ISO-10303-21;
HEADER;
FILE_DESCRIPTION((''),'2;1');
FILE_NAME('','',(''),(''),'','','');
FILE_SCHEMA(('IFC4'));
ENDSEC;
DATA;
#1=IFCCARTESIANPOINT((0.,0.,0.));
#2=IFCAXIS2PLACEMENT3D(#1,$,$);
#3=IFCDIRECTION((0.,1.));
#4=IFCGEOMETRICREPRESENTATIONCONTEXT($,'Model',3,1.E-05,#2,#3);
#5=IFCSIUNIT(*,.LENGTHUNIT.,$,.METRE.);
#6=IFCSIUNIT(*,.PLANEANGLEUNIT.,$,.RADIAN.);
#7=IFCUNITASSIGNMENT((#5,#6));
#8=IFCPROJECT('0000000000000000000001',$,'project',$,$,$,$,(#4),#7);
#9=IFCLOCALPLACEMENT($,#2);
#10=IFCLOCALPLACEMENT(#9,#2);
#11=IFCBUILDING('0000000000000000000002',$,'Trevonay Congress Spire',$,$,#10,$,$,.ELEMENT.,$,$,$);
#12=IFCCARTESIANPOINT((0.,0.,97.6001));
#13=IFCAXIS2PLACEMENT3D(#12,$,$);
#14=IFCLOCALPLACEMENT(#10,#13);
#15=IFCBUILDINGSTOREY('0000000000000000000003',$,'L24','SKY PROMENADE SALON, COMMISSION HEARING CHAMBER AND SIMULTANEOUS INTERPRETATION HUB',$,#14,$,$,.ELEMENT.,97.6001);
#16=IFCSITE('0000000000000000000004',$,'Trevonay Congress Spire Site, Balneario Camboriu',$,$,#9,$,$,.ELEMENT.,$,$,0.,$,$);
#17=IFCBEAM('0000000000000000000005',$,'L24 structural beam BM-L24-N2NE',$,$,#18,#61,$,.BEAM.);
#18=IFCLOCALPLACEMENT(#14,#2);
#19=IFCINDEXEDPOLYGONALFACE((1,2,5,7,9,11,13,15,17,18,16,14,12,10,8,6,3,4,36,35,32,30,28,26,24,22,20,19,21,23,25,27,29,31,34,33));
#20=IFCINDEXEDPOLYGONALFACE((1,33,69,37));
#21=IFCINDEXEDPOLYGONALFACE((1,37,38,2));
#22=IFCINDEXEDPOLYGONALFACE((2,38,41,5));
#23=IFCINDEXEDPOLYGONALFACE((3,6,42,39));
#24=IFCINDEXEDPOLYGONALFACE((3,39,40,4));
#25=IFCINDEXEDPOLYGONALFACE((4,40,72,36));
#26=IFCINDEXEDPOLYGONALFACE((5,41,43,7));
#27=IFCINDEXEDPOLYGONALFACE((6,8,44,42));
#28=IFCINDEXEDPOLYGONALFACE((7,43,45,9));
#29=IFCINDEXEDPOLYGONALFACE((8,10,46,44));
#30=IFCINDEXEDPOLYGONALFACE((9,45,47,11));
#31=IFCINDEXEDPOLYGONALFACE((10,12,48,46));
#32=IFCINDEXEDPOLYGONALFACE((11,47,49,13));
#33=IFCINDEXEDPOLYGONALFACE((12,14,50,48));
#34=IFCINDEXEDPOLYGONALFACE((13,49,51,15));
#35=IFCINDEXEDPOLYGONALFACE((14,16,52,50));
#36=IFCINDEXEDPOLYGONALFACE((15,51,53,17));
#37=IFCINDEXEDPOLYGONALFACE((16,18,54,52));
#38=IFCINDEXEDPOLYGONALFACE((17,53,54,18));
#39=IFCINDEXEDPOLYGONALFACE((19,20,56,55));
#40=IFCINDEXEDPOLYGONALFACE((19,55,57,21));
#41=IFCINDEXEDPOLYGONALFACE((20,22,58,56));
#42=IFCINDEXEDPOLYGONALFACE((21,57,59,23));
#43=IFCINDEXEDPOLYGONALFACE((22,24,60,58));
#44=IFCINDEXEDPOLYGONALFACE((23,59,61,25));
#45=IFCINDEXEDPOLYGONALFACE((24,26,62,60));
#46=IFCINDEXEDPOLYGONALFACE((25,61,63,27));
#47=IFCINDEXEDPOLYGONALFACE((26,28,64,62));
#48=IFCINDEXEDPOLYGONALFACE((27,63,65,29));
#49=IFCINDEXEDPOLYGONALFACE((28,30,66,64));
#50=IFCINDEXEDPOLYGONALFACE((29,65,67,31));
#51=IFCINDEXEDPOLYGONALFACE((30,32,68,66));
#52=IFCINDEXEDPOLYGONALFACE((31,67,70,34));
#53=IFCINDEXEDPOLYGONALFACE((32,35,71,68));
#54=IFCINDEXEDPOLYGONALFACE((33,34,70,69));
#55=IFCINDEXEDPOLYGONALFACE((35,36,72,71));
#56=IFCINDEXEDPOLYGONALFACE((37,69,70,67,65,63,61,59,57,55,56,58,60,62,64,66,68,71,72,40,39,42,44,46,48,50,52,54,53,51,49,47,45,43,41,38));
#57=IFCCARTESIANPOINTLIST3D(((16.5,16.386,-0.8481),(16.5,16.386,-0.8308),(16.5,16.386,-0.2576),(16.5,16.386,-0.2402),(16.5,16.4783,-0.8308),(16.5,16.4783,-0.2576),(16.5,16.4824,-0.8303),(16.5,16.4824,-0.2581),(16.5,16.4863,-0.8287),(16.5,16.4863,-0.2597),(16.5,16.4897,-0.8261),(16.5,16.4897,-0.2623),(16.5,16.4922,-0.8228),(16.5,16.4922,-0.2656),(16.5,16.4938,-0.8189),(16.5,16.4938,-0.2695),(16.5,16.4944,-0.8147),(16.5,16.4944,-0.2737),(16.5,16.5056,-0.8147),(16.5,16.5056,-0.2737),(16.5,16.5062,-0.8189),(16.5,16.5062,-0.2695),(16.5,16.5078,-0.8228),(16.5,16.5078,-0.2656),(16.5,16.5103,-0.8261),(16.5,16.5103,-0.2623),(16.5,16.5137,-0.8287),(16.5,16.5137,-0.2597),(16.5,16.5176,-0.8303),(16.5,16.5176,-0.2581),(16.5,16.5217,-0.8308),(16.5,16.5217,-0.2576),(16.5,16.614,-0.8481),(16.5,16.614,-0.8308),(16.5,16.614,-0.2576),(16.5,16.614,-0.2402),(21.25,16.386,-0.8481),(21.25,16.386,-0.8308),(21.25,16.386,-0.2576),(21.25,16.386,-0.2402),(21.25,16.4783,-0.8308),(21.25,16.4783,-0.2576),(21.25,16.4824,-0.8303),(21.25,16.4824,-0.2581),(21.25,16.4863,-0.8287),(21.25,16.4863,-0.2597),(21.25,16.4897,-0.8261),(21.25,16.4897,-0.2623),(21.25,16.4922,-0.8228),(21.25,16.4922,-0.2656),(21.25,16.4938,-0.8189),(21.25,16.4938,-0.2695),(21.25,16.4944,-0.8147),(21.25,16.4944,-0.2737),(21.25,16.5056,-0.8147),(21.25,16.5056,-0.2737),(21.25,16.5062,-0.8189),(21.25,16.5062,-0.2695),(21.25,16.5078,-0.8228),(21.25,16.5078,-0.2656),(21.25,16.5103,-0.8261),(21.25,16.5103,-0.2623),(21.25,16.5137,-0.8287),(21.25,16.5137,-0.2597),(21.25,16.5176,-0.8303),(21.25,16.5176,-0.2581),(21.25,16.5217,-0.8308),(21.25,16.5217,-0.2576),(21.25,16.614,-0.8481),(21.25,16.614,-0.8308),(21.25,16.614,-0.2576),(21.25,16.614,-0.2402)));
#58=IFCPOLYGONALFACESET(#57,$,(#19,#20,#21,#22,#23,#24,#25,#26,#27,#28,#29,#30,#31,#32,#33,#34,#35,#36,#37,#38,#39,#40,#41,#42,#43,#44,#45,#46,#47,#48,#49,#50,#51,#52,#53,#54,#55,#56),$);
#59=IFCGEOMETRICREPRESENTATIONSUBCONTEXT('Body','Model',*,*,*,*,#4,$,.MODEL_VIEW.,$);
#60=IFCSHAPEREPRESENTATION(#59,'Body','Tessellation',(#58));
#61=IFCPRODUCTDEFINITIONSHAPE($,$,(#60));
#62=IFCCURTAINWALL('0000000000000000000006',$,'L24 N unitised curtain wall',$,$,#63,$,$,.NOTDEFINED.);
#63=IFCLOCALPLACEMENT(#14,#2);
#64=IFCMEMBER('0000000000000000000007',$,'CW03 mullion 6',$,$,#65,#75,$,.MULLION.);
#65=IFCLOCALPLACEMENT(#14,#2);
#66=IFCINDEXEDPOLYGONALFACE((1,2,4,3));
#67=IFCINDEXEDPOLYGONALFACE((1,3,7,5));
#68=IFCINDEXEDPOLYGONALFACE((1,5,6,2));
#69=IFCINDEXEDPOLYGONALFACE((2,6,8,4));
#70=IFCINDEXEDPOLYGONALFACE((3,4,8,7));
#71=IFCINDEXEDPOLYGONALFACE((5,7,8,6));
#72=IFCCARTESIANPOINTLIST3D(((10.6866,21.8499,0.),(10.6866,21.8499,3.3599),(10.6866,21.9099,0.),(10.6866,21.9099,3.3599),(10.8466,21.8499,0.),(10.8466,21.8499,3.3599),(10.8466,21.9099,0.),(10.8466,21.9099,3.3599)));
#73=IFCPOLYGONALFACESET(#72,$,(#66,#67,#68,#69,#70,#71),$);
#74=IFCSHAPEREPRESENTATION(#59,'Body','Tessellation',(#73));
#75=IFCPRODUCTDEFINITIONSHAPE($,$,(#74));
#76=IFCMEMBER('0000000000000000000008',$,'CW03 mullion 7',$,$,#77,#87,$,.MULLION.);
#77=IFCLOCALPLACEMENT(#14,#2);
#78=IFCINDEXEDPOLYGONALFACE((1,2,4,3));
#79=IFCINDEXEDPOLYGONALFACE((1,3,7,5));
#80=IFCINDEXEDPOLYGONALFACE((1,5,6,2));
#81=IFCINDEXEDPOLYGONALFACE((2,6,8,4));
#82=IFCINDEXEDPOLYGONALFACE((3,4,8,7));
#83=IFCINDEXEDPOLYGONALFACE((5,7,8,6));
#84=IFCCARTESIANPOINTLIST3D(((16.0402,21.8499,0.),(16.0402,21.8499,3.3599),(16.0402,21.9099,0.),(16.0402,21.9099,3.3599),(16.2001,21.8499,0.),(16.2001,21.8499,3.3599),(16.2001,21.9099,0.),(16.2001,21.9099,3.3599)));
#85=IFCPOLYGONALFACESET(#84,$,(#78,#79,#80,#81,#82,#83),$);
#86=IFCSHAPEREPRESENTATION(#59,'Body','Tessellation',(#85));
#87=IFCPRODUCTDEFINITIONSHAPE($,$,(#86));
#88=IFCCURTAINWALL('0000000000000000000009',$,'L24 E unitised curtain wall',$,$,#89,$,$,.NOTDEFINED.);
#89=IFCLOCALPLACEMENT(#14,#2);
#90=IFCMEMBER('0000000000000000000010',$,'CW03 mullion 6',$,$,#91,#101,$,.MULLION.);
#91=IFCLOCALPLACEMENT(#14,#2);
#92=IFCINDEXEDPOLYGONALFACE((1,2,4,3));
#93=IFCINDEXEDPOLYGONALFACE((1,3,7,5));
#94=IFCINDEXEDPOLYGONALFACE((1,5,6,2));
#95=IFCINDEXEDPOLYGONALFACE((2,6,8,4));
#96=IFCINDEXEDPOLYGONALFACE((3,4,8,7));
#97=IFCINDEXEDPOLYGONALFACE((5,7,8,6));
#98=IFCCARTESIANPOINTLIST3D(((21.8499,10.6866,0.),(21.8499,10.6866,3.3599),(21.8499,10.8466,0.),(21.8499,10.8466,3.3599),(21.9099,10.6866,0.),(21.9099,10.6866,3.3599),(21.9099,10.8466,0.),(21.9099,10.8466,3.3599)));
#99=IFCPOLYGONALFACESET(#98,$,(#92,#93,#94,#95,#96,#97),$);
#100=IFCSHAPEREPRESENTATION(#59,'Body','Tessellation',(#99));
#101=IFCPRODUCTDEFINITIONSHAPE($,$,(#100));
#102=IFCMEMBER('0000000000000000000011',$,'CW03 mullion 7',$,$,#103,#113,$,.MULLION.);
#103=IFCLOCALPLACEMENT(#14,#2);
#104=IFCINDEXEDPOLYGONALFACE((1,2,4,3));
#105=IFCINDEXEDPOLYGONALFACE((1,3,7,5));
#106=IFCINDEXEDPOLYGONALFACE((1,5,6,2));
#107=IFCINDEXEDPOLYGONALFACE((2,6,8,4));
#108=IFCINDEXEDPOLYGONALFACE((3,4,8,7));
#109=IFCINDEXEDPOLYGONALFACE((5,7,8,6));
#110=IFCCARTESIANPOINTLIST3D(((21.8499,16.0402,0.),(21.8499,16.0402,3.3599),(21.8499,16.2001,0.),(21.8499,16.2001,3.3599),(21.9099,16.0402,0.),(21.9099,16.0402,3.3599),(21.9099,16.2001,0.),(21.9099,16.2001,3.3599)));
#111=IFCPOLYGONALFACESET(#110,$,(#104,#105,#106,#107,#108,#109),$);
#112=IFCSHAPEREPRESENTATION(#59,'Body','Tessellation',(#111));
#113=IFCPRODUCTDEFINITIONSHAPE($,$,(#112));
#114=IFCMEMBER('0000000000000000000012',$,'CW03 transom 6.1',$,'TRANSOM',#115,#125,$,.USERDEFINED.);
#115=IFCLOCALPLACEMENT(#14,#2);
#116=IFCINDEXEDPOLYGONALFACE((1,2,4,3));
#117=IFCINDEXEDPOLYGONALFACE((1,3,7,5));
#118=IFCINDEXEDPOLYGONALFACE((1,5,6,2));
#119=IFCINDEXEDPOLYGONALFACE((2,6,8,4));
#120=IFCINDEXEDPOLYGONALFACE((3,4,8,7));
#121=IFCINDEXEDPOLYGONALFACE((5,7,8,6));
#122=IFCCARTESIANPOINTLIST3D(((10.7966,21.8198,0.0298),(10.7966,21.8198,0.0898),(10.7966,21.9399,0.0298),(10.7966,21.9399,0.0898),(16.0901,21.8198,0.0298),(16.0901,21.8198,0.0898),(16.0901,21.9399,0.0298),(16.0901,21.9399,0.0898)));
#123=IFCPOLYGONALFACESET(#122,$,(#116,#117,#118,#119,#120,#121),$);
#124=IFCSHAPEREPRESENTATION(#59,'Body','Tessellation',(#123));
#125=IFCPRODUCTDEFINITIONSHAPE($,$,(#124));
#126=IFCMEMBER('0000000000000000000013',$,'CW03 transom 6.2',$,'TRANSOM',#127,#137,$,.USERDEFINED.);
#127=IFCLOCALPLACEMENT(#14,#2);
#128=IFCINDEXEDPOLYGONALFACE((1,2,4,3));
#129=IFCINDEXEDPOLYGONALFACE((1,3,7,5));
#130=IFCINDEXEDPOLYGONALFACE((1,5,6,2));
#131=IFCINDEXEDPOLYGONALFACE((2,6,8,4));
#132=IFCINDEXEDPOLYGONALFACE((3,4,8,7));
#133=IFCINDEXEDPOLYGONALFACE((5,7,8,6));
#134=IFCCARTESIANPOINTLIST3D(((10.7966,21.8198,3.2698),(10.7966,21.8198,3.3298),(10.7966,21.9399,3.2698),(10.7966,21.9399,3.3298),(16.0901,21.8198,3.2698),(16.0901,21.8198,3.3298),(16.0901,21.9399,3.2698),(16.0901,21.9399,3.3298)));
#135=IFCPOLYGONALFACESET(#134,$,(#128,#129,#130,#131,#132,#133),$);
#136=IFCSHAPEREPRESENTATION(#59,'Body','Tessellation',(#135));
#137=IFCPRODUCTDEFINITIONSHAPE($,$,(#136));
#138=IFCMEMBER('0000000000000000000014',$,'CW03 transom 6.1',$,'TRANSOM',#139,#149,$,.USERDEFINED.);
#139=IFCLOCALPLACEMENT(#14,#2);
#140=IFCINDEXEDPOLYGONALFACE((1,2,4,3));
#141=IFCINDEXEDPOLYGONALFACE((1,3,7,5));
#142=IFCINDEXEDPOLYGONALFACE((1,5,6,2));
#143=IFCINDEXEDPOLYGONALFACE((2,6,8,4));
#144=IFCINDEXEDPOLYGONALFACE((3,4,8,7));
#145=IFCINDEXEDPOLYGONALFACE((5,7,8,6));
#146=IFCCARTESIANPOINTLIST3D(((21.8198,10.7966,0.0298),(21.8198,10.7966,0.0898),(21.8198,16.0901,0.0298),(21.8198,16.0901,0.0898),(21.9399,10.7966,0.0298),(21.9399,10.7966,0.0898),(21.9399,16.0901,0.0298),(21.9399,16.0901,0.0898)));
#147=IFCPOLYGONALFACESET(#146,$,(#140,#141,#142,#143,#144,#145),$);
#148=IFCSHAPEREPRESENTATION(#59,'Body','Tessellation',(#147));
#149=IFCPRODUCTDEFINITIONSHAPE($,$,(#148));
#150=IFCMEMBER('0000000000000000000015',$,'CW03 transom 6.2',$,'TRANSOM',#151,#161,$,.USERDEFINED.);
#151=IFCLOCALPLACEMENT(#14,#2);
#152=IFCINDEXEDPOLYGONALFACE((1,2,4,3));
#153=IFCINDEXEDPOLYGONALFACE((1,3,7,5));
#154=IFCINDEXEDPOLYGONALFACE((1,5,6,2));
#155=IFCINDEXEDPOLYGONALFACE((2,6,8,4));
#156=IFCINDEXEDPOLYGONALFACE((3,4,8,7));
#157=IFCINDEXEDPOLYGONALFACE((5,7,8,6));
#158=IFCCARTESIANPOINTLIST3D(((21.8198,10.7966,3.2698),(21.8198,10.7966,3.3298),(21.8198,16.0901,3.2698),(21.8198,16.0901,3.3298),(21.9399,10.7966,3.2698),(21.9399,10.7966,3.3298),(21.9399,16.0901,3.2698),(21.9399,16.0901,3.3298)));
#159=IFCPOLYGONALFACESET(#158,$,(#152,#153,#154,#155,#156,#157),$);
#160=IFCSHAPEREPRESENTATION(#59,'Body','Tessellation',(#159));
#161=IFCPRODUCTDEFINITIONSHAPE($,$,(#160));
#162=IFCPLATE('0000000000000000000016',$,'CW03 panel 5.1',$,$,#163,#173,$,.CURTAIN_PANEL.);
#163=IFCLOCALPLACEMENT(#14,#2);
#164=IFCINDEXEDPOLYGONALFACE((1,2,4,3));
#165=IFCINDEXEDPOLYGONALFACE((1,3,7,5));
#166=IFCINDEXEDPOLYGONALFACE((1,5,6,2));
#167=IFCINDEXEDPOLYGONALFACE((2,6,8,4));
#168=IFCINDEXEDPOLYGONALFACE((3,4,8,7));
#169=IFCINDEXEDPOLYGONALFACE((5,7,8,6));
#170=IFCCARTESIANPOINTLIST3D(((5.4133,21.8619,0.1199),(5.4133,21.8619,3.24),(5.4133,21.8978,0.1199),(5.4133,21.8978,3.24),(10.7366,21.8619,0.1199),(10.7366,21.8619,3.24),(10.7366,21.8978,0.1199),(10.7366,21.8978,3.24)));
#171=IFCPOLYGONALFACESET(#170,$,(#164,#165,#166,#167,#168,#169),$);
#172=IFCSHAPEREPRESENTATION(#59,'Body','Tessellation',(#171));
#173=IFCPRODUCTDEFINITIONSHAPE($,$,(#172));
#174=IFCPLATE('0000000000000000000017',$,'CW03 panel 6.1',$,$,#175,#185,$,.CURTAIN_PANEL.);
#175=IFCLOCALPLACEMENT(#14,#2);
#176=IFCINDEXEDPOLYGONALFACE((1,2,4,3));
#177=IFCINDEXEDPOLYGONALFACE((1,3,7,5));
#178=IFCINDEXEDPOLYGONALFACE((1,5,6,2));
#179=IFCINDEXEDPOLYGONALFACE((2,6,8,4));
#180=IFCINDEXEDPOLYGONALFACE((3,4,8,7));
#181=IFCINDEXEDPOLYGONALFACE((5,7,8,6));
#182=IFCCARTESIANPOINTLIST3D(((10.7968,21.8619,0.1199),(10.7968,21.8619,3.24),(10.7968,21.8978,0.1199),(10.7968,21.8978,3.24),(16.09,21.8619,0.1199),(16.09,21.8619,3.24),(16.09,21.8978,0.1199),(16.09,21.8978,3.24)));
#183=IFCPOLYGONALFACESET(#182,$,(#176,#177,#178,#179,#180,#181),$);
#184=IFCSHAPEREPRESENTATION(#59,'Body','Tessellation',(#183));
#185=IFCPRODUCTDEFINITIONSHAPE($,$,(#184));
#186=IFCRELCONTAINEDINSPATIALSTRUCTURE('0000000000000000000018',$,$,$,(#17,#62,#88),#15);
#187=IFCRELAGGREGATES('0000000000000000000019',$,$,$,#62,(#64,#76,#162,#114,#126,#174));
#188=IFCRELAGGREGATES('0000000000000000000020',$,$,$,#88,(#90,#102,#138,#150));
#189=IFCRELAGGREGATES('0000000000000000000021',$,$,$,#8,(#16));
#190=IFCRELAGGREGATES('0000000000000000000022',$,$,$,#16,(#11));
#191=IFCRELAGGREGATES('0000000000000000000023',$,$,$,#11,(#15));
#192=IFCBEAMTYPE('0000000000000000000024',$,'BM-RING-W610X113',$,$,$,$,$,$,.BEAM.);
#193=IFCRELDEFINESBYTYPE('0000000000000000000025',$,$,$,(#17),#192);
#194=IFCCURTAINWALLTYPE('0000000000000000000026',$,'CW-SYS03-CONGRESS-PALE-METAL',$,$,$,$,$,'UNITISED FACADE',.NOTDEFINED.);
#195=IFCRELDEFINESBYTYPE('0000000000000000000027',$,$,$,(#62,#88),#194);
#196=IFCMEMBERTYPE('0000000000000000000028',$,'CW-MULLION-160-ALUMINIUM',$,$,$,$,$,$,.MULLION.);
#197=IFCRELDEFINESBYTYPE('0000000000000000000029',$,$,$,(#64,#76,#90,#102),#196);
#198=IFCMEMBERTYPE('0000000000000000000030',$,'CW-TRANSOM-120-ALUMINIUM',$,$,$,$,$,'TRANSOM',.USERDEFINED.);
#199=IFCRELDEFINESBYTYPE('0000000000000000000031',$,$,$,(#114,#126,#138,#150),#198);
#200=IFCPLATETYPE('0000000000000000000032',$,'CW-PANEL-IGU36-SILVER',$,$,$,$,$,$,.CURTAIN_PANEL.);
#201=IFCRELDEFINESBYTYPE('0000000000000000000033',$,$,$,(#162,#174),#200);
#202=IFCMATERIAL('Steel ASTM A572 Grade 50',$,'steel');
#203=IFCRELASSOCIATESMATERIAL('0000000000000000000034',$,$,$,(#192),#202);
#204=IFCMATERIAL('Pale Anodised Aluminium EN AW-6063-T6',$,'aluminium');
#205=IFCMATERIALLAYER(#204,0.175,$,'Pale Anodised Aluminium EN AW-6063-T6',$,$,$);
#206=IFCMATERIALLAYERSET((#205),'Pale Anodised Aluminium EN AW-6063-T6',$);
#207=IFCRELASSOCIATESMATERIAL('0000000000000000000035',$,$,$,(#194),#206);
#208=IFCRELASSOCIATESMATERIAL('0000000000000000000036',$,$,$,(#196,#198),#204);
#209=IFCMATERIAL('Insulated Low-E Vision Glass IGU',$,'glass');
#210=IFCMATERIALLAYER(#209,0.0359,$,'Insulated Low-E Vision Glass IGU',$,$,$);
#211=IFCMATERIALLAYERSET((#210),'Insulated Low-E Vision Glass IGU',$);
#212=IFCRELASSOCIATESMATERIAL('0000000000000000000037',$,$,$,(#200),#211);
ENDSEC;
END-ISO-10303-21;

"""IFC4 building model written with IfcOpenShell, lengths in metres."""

from ifc_helpers import new_model, si_unit, direction, frame, origin, origin_2d, place, context, subcontext, project, spatial, rectangle, i_section, extrude, material, layer, layer_set, material_profile, profile_set, type_object, element, aggregate, save


model = new_model("IFC4")

# Units and contexts
model_context = context("Model", 3, precision=1e-05, world=origin(), true_north=direction((0.0, 1.0)))
body_context = subcontext(model_context, "Body", "Model", "MODEL_VIEW")
ifc_project = project(units=[si_unit("LENGTHUNIT", "METRE"), si_unit("PLANEANGLEUNIT", "RADIAN")], contexts=[model_context])

# Site, building, storey
site_placement = place(None, origin())
site = spatial("IfcSite", under=ifc_project, at=site_placement, Name="Trevonay Congress Spire Site, Balneario Camboriu", CompositionType="ELEMENT", RefElevation=0.0)
building_placement = place(site_placement, origin())
building = spatial("IfcBuilding", under=site, at=building_placement, Name="Trevonay Congress Spire", CompositionType="ELEMENT")
storey_placement = place(building_placement, frame((0.0, 0.0, 97.6001)))
storey = spatial("IfcBuildingStorey", under=building, at=storey_placement, Name="L24", Description="SKY PROMENADE SALON, COMMISSION HEARING CHAMBER AND SIMULTANEOUS INTERPRETATION HUB", CompositionType="ELEMENT", Elevation=97.6001)

# Shared definitions
ifc_material_1 = material(Name="Steel ASTM A572 Grade 50", Category="steel")

# Beam
ifc_material_profile_1 = material_profile(ifc_material_1, i_section(OverallWidth=0.228, OverallDepth=0.6079, WebThickness=0.0112, FlangeThickness=0.0173, FilletRadius=0.0161, at=origin_2d()), Name="W610x113")
ifc_profile_set_1 = profile_set([ifc_material_profile_1], Name="Steel ASTM A572 Grade 50")
beam_type = type_object("IfcBeamType", Name="BM-RING-W610X113", PredefinedType="BEAM", material=ifc_profile_set_1)
for number, where, z_axis, x_axis, name in (
    (1, (21.25, 16.5, -0.5442), (-1.0, 0.0, 0.0), (0.0, -1.0, 0.0), "L24 structural beam BM-L24-N2NE"),
):
    element("IfcBeam", number, at=place(storey_placement, frame(where, z_axis=z_axis, x_axis=x_axis)), inside=storey, type_object=beam_type, Name=name, PredefinedType="BEAM", context=body_context, shape_type="SweptSolid", body=[
        extrude(i_section(OverallWidth=0.228, OverallDepth=0.6079, WebThickness=0.0112, FlangeThickness=0.0173, FilletRadius=0.0161, at=origin_2d()), origin(), (0.0, 0.0, 1.0), 4.75),
    ])

# Curtain walls, members
ifc_material_2 = material(Name="Pale Anodised Aluminium EN AW-6063-T6", Category="aluminium")
ifc_layer_1 = layer(ifc_material_2, 0.175, Name="Pale Anodised Aluminium EN AW-6063-T6")
ifc_layer_set_1 = layer_set([ifc_layer_1], Name="Pale Anodised Aluminium EN AW-6063-T6")
curtain_wall_type = type_object("IfcCurtainWallType", Name="CW-SYS03-CONGRESS-PALE-METAL", ElementType="UNITISED FACADE", PredefinedType="NOTDEFINED", material=ifc_layer_set_1)
curtain_wall_1_placement = place(storey_placement, origin())
curtain_wall_1 = element("IfcCurtainWall", 2, at=curtain_wall_1_placement, inside=storey, type_object=curtain_wall_type, Name="L24 N unitised curtain wall", PredefinedType="NOTDEFINED")
ifc_material_profile_2 = material_profile(ifc_material_2, rectangle(XDim=0.0601, YDim=0.1599, at=origin_2d()), Name="CW-MULLION-160-ALUMINIUM")
ifc_profile_set_2 = profile_set([ifc_material_profile_2], Name="Pale Anodised Aluminium EN AW-6063-T6")
member_type_1 = type_object("IfcMemberType", Name="CW-MULLION-160-ALUMINIUM", PredefinedType="MULLION", material=ifc_profile_set_2)
member_1_placement = place(storey_placement, frame((10.7666, 21.8799, 0.0), z_axis=(0.0, 0.0, 1.0), x_axis=(0.0, 1.0, 0.0)))
member_1 = element("IfcMember", 3, at=member_1_placement, type_object=member_type_1, Name="CW03 mullion 6", PredefinedType="MULLION", context=body_context, shape_type="SweptSolid", body=[
    extrude(rectangle(XDim=0.0601, YDim=0.1599, at=origin_2d()), origin(), (0.0, 0.0, 1.0), 3.3599),
])
member_2_placement = place(storey_placement, frame((16.1201, 21.8799, 0.0), z_axis=(0.0, 0.0, 1.0), x_axis=(0.0, 1.0, 0.0)))
member_2 = element("IfcMember", 4, at=member_2_placement, type_object=member_type_1, Name="CW03 mullion 7", PredefinedType="MULLION", context=body_context, shape_type="SweptSolid", body=[
    extrude(rectangle(XDim=0.0601, YDim=0.1599, at=origin_2d()), origin(), (0.0, 0.0, 1.0), 3.3599),
])
curtain_wall_2_placement = place(storey_placement, origin())
curtain_wall_2 = element("IfcCurtainWall", 5, at=curtain_wall_2_placement, inside=storey, type_object=curtain_wall_type, Name="L24 E unitised curtain wall", PredefinedType="NOTDEFINED")
member_3_placement = place(storey_placement, frame((21.8799, 10.7666, 0.0), z_axis=(0.0, 0.0, 1.0), x_axis=(-1.0, 0.0, 0.0)))
member_3 = element("IfcMember", 6, at=member_3_placement, type_object=member_type_1, Name="CW03 mullion 6", PredefinedType="MULLION", context=body_context, shape_type="SweptSolid", body=[
    extrude(rectangle(XDim=0.0601, YDim=0.1599, at=origin_2d()), origin(), (0.0, 0.0, 1.0), 3.3599),
])
member_4_placement = place(storey_placement, frame((21.8799, 16.1201, 0.0), z_axis=(0.0, 0.0, 1.0), x_axis=(-1.0, 0.0, 0.0)))
member_4 = element("IfcMember", 7, at=member_4_placement, type_object=member_type_1, Name="CW03 mullion 7", PredefinedType="MULLION", context=body_context, shape_type="SweptSolid", body=[
    extrude(rectangle(XDim=0.0601, YDim=0.1599, at=origin_2d()), origin(), (0.0, 0.0, 1.0), 3.3599),
])

# Members
ifc_material_profile_3 = material_profile(ifc_material_2, rectangle(XDim=0.1201, YDim=0.0601, at=origin_2d()), Name="CW-TRANSOM-120-ALUMINIUM")
ifc_profile_set_3 = profile_set([ifc_material_profile_3], Name="Pale Anodised Aluminium EN AW-6063-T6")
member_type_2 = type_object("IfcMemberType", Name="CW-TRANSOM-120-ALUMINIUM", ElementType="TRANSOM", PredefinedType="USERDEFINED", material=ifc_profile_set_3)
member_5_placement = place(storey_placement, frame((10.7966, 21.8799, 0.0598), z_axis=(1.0, 0.0, 0.0), x_axis=(0.0, 1.0, 0.0)))
member_5 = element("IfcMember", 8, at=member_5_placement, type_object=member_type_2, Name="CW03 transom 6.1", ObjectType="TRANSOM", PredefinedType="USERDEFINED", context=body_context, shape_type="SweptSolid", body=[
    extrude(rectangle(XDim=0.1201, YDim=0.0601, at=origin_2d()), origin(), (0.0, 0.0, 1.0), 5.2935),
])
member_6_placement = place(storey_placement, frame((10.7966, 21.8799, 3.2998), z_axis=(1.0, 0.0, 0.0), x_axis=(0.0, 1.0, 0.0)))
member_6 = element("IfcMember", 9, at=member_6_placement, type_object=member_type_2, Name="CW03 transom 6.2", ObjectType="TRANSOM", PredefinedType="USERDEFINED", context=body_context, shape_type="SweptSolid", body=[
    extrude(rectangle(XDim=0.1201, YDim=0.0601, at=origin_2d()), origin(), (0.0, 0.0, 1.0), 5.2935),
])
member_7_placement = place(storey_placement, frame((21.8799, 10.7966, 0.0598), z_axis=(0.0, 1.0, 0.0), x_axis=(-1.0, 0.0, 0.0)))
member_7 = element("IfcMember", 10, at=member_7_placement, type_object=member_type_2, Name="CW03 transom 6.1", ObjectType="TRANSOM", PredefinedType="USERDEFINED", context=body_context, shape_type="SweptSolid", body=[
    extrude(rectangle(XDim=0.1201, YDim=0.0601, at=origin_2d()), origin(), (0.0, 0.0, 1.0), 5.2935),
])
member_8_placement = place(storey_placement, frame((21.8799, 10.7966, 3.2998), z_axis=(0.0, 1.0, 0.0), x_axis=(-1.0, 0.0, 0.0)))
member_8 = element("IfcMember", 11, at=member_8_placement, type_object=member_type_2, Name="CW03 transom 6.2", ObjectType="TRANSOM", PredefinedType="USERDEFINED", context=body_context, shape_type="SweptSolid", body=[
    extrude(rectangle(XDim=0.1201, YDim=0.0601, at=origin_2d()), origin(), (0.0, 0.0, 1.0), 5.2935),
])

# Plates
ifc_material_3 = material(Name="Insulated Low-E Vision Glass IGU", Category="glass")
ifc_layer_2 = layer(ifc_material_3, 0.0359, Name="Insulated Low-E Vision Glass IGU")
ifc_layer_set_2 = layer_set([ifc_layer_2], Name="Insulated Low-E Vision Glass IGU")
plate_type = type_object("IfcPlateType", Name="CW-PANEL-IGU36-SILVER", PredefinedType="CURTAIN_PANEL", material=ifc_layer_set_2)
plate_1_placement = place(storey_placement, frame((8.075, 21.8799, 0.1199), z_axis=(0.0, 0.0, 1.0), x_axis=(1.0, 0.0, 0.0)))
plate_1 = element("IfcPlate", 12, at=plate_1_placement, type_object=plate_type, Name="CW03 panel 5.1", PredefinedType="CURTAIN_PANEL", context=body_context, shape_type="SweptSolid", body=[
    extrude(rectangle(XDim=5.3232, YDim=0.0359, at=origin_2d()), origin(), (0.0, 0.0, 1.0), 3.1201),
])
plate_2_placement = place(storey_placement, frame((13.4434, 21.8799, 0.1199), z_axis=(0.0, 0.0, 1.0), x_axis=(1.0, 0.0, 0.0)))
plate_2 = element("IfcPlate", 13, at=plate_2_placement, type_object=plate_type, Name="CW03 panel 6.1", PredefinedType="CURTAIN_PANEL", context=body_context, shape_type="SweptSolid", body=[
    extrude(rectangle(XDim=5.2932, YDim=0.0359, at=origin_2d()), origin(), (0.0, 0.0, 1.0), 3.1201),
])
aggregate(curtain_wall_1, [member_1, member_2, plate_1, member_5, member_6, plate_2])
aggregate(curtain_wall_2, [member_3, member_4, member_7, member_8])

save(model, "model.ifc")
